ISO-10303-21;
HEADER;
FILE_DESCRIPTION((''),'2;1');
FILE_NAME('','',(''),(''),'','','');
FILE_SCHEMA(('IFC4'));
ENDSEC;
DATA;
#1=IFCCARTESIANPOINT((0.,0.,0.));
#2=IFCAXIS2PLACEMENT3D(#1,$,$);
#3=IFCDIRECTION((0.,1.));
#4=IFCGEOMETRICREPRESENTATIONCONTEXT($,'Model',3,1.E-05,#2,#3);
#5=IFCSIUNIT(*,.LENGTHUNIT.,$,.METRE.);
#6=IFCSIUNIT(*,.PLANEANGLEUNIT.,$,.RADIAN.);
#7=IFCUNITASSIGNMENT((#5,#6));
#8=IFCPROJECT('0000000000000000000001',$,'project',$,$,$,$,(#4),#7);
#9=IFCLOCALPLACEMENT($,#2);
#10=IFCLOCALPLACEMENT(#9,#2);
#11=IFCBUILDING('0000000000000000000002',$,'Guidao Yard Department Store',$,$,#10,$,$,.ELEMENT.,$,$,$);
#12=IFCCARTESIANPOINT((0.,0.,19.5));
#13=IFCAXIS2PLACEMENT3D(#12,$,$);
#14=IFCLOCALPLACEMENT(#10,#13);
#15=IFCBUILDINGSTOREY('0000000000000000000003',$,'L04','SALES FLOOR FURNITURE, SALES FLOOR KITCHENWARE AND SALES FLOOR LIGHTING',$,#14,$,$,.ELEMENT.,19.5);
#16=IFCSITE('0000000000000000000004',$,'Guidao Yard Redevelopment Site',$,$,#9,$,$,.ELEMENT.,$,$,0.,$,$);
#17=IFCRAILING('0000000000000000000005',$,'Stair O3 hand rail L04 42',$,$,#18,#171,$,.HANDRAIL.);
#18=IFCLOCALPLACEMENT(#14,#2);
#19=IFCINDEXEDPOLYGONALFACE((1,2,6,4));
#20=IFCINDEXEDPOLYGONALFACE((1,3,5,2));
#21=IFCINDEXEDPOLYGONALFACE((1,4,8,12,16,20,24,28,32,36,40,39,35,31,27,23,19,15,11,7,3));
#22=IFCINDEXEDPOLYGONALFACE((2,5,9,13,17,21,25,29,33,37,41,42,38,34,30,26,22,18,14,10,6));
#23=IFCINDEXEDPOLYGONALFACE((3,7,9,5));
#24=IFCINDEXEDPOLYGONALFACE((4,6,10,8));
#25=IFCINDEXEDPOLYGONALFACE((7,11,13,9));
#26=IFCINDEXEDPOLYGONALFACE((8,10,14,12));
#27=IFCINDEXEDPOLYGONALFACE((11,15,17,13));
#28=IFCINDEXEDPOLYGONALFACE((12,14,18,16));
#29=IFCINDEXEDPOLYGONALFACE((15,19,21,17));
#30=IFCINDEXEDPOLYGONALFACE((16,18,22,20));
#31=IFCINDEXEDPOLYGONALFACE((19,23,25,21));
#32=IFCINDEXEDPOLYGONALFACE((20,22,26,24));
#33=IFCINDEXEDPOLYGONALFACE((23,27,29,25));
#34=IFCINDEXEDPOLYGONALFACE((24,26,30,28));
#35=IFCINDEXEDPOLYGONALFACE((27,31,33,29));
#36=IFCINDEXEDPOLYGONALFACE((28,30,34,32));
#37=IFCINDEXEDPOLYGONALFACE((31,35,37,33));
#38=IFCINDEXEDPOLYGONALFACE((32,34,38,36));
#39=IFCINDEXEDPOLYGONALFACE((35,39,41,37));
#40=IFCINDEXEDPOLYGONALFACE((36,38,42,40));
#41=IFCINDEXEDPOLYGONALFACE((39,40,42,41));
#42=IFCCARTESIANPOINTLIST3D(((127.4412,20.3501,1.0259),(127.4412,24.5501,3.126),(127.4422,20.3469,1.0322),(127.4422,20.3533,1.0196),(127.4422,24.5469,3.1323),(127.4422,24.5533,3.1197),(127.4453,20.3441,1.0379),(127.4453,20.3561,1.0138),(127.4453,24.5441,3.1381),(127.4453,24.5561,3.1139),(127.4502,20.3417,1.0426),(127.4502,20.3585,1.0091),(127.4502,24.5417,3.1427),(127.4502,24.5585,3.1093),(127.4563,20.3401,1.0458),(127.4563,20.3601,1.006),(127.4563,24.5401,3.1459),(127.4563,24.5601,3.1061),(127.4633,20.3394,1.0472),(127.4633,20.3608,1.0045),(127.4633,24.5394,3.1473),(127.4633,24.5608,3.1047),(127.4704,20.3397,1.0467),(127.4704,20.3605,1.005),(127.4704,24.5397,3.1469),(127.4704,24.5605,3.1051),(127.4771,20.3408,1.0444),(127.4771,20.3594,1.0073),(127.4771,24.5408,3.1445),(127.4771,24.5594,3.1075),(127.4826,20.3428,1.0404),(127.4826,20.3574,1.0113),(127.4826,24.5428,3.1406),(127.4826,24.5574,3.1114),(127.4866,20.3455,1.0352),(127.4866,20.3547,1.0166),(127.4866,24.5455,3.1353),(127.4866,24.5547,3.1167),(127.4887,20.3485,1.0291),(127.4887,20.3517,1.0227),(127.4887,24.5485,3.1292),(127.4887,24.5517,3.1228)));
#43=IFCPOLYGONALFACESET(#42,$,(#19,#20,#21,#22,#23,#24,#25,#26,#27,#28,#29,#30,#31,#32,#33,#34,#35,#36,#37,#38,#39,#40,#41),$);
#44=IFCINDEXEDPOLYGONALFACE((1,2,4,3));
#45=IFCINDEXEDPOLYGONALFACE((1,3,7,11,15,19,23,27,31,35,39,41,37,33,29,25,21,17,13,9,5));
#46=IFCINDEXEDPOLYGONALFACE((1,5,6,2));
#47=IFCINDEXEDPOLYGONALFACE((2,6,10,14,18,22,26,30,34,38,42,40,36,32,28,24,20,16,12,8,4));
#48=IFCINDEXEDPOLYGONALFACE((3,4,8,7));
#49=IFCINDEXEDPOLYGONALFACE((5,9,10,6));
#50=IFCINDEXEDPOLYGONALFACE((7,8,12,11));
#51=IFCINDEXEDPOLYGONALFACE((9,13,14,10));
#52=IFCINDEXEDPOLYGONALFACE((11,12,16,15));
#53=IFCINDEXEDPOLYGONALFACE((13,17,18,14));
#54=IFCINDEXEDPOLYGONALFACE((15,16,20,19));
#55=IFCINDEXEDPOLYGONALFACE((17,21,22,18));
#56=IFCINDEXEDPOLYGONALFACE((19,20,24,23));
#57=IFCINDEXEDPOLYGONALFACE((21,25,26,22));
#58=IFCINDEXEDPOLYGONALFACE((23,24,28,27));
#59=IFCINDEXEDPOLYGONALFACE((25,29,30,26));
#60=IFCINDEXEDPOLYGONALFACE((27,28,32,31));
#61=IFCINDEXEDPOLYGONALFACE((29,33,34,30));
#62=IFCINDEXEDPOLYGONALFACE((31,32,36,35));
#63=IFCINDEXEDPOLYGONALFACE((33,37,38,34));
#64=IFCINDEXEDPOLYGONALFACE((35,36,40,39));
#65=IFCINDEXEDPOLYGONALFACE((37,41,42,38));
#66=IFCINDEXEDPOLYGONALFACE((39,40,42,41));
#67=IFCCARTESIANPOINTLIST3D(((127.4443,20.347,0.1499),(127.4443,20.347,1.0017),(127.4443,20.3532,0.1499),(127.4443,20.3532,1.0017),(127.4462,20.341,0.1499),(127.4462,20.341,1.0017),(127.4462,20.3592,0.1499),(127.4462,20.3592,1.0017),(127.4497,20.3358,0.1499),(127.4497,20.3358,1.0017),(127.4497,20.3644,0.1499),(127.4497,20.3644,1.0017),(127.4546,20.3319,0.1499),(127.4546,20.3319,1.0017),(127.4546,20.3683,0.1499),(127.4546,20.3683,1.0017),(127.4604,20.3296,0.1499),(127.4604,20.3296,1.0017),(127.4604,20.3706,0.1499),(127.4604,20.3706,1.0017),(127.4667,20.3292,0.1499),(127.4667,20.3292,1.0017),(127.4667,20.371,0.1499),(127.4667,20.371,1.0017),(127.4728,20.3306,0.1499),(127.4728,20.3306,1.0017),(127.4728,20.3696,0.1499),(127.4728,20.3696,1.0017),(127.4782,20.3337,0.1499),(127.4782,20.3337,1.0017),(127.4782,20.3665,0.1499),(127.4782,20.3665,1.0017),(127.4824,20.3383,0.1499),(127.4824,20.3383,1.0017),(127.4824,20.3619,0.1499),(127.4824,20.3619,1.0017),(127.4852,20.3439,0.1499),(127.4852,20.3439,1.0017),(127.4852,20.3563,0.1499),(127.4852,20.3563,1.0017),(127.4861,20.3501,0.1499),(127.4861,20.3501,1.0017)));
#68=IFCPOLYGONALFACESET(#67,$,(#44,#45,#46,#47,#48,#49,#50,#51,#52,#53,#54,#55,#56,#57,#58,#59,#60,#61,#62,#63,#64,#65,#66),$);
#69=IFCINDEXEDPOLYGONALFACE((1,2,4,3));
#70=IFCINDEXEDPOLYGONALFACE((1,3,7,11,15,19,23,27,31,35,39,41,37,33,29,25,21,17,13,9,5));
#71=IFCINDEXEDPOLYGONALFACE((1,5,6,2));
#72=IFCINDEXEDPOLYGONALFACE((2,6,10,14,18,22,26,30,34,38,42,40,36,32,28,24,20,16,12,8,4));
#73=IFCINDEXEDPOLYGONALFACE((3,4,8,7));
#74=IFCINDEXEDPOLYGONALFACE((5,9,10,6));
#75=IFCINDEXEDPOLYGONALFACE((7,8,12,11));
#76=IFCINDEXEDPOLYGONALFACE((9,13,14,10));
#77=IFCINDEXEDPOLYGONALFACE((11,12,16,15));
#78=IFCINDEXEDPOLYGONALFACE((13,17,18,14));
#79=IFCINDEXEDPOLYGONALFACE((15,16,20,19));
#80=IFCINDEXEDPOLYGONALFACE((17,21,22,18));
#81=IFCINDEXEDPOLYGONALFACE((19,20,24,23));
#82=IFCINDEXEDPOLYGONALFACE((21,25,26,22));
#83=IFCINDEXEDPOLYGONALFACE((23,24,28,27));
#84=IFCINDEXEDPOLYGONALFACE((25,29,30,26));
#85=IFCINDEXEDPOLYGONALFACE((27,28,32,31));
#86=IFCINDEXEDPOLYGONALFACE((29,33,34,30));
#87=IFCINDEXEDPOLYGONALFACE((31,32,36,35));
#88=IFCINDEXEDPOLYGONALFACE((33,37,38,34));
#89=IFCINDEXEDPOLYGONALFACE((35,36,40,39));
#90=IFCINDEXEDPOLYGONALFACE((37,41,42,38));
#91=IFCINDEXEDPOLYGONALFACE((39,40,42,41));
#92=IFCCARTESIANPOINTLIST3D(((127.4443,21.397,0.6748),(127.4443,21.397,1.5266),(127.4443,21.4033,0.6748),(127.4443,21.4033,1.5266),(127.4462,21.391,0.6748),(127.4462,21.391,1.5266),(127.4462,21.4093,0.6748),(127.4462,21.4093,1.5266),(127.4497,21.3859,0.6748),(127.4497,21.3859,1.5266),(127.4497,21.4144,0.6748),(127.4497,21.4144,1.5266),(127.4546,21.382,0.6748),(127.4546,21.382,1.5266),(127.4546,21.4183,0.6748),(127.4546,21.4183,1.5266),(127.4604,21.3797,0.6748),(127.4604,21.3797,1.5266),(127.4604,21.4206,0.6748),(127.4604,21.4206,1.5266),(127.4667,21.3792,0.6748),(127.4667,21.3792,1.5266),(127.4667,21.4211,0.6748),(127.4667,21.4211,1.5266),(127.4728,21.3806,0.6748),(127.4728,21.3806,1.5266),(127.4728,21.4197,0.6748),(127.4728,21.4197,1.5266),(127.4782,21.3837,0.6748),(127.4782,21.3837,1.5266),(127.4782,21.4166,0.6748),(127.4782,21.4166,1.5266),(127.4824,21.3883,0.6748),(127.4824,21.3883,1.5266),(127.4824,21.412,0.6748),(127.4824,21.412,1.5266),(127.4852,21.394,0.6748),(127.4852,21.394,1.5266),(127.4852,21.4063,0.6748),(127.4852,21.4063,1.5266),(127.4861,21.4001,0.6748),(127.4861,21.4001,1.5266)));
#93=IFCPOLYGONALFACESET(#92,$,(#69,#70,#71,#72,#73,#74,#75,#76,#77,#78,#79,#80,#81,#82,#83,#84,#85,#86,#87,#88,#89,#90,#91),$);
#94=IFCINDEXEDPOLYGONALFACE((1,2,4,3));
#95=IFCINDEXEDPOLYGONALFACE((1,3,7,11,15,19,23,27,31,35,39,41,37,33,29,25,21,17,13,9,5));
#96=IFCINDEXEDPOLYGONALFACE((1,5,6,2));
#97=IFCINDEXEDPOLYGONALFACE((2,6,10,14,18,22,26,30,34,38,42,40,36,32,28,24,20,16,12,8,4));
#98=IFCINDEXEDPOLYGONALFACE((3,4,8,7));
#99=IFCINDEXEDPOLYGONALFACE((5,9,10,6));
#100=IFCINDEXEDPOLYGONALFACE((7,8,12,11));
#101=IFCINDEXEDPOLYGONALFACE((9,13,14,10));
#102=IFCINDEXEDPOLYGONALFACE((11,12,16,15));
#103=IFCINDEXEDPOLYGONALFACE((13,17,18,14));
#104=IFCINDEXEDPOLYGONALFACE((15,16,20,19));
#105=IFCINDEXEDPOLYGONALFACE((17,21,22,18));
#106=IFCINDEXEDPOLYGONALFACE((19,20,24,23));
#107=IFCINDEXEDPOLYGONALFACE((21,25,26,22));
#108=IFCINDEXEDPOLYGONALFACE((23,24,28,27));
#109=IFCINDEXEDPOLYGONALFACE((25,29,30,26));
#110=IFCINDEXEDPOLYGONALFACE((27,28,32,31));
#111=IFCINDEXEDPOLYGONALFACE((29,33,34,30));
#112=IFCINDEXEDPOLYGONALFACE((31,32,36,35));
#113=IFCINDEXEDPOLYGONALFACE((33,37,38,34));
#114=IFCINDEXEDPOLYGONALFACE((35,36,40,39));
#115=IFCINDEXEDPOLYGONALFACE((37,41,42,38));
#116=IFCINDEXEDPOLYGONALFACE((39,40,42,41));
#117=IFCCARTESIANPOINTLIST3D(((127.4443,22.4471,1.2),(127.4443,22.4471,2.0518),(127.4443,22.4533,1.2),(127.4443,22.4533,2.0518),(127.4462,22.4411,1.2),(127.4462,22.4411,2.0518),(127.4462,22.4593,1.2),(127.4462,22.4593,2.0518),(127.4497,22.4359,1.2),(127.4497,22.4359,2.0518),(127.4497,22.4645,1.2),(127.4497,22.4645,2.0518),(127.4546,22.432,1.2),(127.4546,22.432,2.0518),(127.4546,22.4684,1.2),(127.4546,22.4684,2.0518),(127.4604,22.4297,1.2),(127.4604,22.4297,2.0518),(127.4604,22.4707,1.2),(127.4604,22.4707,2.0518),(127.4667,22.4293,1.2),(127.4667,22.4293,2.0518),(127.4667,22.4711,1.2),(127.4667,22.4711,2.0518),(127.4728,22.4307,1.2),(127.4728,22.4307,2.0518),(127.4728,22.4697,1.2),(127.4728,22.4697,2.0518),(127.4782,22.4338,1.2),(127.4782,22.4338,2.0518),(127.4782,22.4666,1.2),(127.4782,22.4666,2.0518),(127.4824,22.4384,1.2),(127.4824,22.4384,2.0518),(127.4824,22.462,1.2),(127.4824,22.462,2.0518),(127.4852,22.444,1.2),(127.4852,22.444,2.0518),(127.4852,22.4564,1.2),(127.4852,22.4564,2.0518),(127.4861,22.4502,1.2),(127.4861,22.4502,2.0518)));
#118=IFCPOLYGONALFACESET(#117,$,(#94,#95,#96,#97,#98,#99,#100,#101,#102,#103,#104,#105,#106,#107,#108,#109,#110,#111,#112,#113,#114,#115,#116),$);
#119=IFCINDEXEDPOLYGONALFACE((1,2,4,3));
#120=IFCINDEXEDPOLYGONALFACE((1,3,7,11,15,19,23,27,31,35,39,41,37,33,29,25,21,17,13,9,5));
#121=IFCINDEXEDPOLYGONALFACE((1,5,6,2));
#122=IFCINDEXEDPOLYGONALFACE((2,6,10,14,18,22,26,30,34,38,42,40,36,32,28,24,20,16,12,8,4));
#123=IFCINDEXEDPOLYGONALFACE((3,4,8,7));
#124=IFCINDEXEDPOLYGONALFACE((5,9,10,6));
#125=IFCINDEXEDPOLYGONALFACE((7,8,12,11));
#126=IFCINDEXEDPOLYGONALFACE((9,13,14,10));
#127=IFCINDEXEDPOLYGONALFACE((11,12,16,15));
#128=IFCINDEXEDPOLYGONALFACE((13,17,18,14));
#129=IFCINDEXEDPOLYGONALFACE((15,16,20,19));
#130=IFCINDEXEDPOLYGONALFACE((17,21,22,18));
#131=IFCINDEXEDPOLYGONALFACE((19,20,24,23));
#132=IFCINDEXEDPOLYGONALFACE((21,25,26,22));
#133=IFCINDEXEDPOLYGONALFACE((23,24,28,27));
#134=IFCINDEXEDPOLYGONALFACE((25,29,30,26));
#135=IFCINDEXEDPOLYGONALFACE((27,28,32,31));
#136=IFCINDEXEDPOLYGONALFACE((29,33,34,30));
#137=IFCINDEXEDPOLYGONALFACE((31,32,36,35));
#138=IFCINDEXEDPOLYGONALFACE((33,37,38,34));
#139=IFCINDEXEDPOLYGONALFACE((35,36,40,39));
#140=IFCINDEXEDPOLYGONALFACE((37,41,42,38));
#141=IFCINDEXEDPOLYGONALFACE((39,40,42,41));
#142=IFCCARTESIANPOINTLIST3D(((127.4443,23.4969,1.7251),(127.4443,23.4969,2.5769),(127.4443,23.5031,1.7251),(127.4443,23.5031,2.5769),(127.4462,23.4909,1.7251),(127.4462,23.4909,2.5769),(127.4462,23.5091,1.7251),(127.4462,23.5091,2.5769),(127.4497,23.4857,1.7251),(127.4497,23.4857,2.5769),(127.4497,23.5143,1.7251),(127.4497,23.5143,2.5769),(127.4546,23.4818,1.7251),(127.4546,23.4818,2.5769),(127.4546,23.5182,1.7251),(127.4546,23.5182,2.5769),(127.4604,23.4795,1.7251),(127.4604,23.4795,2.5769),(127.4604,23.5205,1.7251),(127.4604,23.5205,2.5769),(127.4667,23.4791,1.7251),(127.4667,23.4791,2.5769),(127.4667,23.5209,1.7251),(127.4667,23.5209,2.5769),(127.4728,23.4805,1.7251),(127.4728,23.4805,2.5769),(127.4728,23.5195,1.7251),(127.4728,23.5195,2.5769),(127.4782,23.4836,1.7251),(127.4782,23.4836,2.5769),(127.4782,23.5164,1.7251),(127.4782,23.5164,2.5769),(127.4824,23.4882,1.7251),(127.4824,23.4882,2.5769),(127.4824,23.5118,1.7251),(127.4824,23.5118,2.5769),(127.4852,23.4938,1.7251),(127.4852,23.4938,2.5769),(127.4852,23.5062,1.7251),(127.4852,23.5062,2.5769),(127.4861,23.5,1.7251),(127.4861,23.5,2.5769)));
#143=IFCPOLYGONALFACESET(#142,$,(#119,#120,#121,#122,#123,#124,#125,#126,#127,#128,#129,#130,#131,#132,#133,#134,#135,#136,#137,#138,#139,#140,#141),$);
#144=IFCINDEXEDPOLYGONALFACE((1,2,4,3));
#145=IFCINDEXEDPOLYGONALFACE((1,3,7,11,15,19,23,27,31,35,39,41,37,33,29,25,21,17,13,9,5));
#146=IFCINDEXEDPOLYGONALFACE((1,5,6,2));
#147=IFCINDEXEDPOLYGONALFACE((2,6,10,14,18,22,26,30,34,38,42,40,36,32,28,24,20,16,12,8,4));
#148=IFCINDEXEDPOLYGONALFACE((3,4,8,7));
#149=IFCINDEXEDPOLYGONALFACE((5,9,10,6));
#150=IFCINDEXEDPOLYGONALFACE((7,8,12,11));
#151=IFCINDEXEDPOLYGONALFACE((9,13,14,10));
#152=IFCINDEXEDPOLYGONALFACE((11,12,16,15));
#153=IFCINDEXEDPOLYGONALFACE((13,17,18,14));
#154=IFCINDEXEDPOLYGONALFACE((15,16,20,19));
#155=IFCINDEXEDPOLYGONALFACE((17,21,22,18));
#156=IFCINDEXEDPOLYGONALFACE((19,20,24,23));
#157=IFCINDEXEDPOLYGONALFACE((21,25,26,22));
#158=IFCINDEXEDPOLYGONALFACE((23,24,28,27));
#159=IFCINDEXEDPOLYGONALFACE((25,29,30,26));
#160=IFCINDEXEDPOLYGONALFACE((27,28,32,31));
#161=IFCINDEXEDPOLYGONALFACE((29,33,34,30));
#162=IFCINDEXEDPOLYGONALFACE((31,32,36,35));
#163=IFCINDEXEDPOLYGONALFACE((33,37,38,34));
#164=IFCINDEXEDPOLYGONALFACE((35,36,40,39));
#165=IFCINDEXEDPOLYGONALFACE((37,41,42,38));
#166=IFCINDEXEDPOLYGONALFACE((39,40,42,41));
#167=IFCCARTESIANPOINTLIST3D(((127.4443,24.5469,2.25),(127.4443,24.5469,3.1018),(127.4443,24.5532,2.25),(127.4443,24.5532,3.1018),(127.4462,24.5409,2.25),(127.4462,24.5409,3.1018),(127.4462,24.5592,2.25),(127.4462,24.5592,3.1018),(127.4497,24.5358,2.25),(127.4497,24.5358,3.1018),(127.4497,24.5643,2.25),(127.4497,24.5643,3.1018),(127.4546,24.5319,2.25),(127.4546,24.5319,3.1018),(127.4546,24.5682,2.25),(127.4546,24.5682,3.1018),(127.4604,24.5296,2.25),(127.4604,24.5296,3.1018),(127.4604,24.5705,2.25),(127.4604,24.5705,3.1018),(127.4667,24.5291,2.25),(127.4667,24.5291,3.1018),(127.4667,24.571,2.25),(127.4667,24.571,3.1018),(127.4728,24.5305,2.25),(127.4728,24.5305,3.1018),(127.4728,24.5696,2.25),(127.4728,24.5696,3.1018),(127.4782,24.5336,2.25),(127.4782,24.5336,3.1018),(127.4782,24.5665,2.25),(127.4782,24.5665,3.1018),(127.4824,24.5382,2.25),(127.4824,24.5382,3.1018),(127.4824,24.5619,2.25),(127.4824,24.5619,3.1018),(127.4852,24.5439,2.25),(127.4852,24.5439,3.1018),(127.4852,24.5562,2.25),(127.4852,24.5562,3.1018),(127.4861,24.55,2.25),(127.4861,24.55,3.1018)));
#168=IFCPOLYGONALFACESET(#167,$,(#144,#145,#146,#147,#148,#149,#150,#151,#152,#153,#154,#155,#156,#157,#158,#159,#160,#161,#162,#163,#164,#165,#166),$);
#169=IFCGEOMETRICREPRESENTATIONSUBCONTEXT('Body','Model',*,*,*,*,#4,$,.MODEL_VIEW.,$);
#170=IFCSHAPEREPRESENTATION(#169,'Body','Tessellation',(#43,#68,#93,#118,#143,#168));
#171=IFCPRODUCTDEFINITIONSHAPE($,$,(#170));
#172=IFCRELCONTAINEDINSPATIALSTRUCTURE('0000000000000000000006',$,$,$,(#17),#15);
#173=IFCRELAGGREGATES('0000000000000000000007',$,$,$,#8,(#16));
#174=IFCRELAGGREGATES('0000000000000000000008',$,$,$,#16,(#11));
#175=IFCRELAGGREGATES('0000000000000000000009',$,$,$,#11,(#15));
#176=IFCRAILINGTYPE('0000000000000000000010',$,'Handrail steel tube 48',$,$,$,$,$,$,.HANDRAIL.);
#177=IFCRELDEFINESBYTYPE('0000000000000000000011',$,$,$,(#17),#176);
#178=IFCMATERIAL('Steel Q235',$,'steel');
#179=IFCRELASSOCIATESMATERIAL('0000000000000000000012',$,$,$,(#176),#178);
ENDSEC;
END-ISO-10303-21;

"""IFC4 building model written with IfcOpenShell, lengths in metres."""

from ifc_helpers import new_model, si_unit, direction, frame, origin, origin_2d, place, context, subcontext, project, spatial, circle, extrude, material, type_object, element, save


model = new_model("IFC4")

# Units and contexts
model_context = context("Model", 3, precision=1e-05, world=origin(), true_north=direction((0.0, 1.0)))
body_context = subcontext(model_context, "Body", "Model", "MODEL_VIEW")
ifc_project = project(units=[si_unit("LENGTHUNIT", "METRE"), si_unit("PLANEANGLEUNIT", "RADIAN")], contexts=[model_context])

# Site, building, storey
site_placement = place(None, origin())
site = spatial("IfcSite", under=ifc_project, at=site_placement, Name="Guidao Yard Redevelopment Site", CompositionType="ELEMENT", RefElevation=0.0)
building_placement = place(site_placement, origin())
building = spatial("IfcBuilding", under=site, at=building_placement, Name="Guidao Yard Department Store", CompositionType="ELEMENT")
storey_placement = place(building_placement, frame((0.0, 0.0, 19.5)))
storey = spatial("IfcBuildingStorey", under=building, at=storey_placement, Name="L04", Description="SALES FLOOR FURNITURE, SALES FLOOR KITCHENWARE AND SALES FLOOR LIGHTING", CompositionType="ELEMENT", Elevation=19.5)

# Railing
ifc_material_1 = material(Name="Steel Q235", Category="steel")
railing_type_1 = type_object("IfcRailingType", Name="Handrail steel tube 48", PredefinedType="HANDRAIL", material=ifc_material_1)
for number, where, name in (
    (1, (127.4651, 20.3501, 0.1499), "Stair O3 hand rail L04 42"),
):
    element("IfcRailing", number, at=place(storey_placement, frame(where)), inside=storey, type_object=railing_type_1, Name=name, PredefinedType="HANDRAIL", context=body_context, shape_type="SweptSolid", body=[
        extrude(circle(Radius=0.0239, at=origin_2d()), frame((0.0, 0.0, 0.876), z_axis=(0.0, 0.894417, 0.447234), x_axis=(-1.0, 0.0, 0.0)), (0.0, 0.0, 1.0), 4.6958),
        extrude(circle(Radius=0.021, at=origin_2d()), origin(), (0.0, 0.0, 1.0), 0.8518),
        extrude(circle(Radius=0.021, at=origin_2d()), frame((0.0, 1.05, 0.5249)), (0.0, 0.0, 1.0), 0.8518),
        extrude(circle(Radius=0.021, at=origin_2d()), frame((0.0, 2.1001, 1.05)), (0.0, 0.0, 1.0), 0.8518),
        extrude(circle(Radius=0.021, at=origin_2d()), frame((0.0, 3.1499, 1.5752)), (0.0, 0.0, 1.0), 0.8518),
        extrude(circle(Radius=0.021, at=origin_2d()), frame((0.0, 4.2, 2.1001)), (0.0, 0.0, 1.0), 0.8518),
    ])

save(model, "model.ifc")
